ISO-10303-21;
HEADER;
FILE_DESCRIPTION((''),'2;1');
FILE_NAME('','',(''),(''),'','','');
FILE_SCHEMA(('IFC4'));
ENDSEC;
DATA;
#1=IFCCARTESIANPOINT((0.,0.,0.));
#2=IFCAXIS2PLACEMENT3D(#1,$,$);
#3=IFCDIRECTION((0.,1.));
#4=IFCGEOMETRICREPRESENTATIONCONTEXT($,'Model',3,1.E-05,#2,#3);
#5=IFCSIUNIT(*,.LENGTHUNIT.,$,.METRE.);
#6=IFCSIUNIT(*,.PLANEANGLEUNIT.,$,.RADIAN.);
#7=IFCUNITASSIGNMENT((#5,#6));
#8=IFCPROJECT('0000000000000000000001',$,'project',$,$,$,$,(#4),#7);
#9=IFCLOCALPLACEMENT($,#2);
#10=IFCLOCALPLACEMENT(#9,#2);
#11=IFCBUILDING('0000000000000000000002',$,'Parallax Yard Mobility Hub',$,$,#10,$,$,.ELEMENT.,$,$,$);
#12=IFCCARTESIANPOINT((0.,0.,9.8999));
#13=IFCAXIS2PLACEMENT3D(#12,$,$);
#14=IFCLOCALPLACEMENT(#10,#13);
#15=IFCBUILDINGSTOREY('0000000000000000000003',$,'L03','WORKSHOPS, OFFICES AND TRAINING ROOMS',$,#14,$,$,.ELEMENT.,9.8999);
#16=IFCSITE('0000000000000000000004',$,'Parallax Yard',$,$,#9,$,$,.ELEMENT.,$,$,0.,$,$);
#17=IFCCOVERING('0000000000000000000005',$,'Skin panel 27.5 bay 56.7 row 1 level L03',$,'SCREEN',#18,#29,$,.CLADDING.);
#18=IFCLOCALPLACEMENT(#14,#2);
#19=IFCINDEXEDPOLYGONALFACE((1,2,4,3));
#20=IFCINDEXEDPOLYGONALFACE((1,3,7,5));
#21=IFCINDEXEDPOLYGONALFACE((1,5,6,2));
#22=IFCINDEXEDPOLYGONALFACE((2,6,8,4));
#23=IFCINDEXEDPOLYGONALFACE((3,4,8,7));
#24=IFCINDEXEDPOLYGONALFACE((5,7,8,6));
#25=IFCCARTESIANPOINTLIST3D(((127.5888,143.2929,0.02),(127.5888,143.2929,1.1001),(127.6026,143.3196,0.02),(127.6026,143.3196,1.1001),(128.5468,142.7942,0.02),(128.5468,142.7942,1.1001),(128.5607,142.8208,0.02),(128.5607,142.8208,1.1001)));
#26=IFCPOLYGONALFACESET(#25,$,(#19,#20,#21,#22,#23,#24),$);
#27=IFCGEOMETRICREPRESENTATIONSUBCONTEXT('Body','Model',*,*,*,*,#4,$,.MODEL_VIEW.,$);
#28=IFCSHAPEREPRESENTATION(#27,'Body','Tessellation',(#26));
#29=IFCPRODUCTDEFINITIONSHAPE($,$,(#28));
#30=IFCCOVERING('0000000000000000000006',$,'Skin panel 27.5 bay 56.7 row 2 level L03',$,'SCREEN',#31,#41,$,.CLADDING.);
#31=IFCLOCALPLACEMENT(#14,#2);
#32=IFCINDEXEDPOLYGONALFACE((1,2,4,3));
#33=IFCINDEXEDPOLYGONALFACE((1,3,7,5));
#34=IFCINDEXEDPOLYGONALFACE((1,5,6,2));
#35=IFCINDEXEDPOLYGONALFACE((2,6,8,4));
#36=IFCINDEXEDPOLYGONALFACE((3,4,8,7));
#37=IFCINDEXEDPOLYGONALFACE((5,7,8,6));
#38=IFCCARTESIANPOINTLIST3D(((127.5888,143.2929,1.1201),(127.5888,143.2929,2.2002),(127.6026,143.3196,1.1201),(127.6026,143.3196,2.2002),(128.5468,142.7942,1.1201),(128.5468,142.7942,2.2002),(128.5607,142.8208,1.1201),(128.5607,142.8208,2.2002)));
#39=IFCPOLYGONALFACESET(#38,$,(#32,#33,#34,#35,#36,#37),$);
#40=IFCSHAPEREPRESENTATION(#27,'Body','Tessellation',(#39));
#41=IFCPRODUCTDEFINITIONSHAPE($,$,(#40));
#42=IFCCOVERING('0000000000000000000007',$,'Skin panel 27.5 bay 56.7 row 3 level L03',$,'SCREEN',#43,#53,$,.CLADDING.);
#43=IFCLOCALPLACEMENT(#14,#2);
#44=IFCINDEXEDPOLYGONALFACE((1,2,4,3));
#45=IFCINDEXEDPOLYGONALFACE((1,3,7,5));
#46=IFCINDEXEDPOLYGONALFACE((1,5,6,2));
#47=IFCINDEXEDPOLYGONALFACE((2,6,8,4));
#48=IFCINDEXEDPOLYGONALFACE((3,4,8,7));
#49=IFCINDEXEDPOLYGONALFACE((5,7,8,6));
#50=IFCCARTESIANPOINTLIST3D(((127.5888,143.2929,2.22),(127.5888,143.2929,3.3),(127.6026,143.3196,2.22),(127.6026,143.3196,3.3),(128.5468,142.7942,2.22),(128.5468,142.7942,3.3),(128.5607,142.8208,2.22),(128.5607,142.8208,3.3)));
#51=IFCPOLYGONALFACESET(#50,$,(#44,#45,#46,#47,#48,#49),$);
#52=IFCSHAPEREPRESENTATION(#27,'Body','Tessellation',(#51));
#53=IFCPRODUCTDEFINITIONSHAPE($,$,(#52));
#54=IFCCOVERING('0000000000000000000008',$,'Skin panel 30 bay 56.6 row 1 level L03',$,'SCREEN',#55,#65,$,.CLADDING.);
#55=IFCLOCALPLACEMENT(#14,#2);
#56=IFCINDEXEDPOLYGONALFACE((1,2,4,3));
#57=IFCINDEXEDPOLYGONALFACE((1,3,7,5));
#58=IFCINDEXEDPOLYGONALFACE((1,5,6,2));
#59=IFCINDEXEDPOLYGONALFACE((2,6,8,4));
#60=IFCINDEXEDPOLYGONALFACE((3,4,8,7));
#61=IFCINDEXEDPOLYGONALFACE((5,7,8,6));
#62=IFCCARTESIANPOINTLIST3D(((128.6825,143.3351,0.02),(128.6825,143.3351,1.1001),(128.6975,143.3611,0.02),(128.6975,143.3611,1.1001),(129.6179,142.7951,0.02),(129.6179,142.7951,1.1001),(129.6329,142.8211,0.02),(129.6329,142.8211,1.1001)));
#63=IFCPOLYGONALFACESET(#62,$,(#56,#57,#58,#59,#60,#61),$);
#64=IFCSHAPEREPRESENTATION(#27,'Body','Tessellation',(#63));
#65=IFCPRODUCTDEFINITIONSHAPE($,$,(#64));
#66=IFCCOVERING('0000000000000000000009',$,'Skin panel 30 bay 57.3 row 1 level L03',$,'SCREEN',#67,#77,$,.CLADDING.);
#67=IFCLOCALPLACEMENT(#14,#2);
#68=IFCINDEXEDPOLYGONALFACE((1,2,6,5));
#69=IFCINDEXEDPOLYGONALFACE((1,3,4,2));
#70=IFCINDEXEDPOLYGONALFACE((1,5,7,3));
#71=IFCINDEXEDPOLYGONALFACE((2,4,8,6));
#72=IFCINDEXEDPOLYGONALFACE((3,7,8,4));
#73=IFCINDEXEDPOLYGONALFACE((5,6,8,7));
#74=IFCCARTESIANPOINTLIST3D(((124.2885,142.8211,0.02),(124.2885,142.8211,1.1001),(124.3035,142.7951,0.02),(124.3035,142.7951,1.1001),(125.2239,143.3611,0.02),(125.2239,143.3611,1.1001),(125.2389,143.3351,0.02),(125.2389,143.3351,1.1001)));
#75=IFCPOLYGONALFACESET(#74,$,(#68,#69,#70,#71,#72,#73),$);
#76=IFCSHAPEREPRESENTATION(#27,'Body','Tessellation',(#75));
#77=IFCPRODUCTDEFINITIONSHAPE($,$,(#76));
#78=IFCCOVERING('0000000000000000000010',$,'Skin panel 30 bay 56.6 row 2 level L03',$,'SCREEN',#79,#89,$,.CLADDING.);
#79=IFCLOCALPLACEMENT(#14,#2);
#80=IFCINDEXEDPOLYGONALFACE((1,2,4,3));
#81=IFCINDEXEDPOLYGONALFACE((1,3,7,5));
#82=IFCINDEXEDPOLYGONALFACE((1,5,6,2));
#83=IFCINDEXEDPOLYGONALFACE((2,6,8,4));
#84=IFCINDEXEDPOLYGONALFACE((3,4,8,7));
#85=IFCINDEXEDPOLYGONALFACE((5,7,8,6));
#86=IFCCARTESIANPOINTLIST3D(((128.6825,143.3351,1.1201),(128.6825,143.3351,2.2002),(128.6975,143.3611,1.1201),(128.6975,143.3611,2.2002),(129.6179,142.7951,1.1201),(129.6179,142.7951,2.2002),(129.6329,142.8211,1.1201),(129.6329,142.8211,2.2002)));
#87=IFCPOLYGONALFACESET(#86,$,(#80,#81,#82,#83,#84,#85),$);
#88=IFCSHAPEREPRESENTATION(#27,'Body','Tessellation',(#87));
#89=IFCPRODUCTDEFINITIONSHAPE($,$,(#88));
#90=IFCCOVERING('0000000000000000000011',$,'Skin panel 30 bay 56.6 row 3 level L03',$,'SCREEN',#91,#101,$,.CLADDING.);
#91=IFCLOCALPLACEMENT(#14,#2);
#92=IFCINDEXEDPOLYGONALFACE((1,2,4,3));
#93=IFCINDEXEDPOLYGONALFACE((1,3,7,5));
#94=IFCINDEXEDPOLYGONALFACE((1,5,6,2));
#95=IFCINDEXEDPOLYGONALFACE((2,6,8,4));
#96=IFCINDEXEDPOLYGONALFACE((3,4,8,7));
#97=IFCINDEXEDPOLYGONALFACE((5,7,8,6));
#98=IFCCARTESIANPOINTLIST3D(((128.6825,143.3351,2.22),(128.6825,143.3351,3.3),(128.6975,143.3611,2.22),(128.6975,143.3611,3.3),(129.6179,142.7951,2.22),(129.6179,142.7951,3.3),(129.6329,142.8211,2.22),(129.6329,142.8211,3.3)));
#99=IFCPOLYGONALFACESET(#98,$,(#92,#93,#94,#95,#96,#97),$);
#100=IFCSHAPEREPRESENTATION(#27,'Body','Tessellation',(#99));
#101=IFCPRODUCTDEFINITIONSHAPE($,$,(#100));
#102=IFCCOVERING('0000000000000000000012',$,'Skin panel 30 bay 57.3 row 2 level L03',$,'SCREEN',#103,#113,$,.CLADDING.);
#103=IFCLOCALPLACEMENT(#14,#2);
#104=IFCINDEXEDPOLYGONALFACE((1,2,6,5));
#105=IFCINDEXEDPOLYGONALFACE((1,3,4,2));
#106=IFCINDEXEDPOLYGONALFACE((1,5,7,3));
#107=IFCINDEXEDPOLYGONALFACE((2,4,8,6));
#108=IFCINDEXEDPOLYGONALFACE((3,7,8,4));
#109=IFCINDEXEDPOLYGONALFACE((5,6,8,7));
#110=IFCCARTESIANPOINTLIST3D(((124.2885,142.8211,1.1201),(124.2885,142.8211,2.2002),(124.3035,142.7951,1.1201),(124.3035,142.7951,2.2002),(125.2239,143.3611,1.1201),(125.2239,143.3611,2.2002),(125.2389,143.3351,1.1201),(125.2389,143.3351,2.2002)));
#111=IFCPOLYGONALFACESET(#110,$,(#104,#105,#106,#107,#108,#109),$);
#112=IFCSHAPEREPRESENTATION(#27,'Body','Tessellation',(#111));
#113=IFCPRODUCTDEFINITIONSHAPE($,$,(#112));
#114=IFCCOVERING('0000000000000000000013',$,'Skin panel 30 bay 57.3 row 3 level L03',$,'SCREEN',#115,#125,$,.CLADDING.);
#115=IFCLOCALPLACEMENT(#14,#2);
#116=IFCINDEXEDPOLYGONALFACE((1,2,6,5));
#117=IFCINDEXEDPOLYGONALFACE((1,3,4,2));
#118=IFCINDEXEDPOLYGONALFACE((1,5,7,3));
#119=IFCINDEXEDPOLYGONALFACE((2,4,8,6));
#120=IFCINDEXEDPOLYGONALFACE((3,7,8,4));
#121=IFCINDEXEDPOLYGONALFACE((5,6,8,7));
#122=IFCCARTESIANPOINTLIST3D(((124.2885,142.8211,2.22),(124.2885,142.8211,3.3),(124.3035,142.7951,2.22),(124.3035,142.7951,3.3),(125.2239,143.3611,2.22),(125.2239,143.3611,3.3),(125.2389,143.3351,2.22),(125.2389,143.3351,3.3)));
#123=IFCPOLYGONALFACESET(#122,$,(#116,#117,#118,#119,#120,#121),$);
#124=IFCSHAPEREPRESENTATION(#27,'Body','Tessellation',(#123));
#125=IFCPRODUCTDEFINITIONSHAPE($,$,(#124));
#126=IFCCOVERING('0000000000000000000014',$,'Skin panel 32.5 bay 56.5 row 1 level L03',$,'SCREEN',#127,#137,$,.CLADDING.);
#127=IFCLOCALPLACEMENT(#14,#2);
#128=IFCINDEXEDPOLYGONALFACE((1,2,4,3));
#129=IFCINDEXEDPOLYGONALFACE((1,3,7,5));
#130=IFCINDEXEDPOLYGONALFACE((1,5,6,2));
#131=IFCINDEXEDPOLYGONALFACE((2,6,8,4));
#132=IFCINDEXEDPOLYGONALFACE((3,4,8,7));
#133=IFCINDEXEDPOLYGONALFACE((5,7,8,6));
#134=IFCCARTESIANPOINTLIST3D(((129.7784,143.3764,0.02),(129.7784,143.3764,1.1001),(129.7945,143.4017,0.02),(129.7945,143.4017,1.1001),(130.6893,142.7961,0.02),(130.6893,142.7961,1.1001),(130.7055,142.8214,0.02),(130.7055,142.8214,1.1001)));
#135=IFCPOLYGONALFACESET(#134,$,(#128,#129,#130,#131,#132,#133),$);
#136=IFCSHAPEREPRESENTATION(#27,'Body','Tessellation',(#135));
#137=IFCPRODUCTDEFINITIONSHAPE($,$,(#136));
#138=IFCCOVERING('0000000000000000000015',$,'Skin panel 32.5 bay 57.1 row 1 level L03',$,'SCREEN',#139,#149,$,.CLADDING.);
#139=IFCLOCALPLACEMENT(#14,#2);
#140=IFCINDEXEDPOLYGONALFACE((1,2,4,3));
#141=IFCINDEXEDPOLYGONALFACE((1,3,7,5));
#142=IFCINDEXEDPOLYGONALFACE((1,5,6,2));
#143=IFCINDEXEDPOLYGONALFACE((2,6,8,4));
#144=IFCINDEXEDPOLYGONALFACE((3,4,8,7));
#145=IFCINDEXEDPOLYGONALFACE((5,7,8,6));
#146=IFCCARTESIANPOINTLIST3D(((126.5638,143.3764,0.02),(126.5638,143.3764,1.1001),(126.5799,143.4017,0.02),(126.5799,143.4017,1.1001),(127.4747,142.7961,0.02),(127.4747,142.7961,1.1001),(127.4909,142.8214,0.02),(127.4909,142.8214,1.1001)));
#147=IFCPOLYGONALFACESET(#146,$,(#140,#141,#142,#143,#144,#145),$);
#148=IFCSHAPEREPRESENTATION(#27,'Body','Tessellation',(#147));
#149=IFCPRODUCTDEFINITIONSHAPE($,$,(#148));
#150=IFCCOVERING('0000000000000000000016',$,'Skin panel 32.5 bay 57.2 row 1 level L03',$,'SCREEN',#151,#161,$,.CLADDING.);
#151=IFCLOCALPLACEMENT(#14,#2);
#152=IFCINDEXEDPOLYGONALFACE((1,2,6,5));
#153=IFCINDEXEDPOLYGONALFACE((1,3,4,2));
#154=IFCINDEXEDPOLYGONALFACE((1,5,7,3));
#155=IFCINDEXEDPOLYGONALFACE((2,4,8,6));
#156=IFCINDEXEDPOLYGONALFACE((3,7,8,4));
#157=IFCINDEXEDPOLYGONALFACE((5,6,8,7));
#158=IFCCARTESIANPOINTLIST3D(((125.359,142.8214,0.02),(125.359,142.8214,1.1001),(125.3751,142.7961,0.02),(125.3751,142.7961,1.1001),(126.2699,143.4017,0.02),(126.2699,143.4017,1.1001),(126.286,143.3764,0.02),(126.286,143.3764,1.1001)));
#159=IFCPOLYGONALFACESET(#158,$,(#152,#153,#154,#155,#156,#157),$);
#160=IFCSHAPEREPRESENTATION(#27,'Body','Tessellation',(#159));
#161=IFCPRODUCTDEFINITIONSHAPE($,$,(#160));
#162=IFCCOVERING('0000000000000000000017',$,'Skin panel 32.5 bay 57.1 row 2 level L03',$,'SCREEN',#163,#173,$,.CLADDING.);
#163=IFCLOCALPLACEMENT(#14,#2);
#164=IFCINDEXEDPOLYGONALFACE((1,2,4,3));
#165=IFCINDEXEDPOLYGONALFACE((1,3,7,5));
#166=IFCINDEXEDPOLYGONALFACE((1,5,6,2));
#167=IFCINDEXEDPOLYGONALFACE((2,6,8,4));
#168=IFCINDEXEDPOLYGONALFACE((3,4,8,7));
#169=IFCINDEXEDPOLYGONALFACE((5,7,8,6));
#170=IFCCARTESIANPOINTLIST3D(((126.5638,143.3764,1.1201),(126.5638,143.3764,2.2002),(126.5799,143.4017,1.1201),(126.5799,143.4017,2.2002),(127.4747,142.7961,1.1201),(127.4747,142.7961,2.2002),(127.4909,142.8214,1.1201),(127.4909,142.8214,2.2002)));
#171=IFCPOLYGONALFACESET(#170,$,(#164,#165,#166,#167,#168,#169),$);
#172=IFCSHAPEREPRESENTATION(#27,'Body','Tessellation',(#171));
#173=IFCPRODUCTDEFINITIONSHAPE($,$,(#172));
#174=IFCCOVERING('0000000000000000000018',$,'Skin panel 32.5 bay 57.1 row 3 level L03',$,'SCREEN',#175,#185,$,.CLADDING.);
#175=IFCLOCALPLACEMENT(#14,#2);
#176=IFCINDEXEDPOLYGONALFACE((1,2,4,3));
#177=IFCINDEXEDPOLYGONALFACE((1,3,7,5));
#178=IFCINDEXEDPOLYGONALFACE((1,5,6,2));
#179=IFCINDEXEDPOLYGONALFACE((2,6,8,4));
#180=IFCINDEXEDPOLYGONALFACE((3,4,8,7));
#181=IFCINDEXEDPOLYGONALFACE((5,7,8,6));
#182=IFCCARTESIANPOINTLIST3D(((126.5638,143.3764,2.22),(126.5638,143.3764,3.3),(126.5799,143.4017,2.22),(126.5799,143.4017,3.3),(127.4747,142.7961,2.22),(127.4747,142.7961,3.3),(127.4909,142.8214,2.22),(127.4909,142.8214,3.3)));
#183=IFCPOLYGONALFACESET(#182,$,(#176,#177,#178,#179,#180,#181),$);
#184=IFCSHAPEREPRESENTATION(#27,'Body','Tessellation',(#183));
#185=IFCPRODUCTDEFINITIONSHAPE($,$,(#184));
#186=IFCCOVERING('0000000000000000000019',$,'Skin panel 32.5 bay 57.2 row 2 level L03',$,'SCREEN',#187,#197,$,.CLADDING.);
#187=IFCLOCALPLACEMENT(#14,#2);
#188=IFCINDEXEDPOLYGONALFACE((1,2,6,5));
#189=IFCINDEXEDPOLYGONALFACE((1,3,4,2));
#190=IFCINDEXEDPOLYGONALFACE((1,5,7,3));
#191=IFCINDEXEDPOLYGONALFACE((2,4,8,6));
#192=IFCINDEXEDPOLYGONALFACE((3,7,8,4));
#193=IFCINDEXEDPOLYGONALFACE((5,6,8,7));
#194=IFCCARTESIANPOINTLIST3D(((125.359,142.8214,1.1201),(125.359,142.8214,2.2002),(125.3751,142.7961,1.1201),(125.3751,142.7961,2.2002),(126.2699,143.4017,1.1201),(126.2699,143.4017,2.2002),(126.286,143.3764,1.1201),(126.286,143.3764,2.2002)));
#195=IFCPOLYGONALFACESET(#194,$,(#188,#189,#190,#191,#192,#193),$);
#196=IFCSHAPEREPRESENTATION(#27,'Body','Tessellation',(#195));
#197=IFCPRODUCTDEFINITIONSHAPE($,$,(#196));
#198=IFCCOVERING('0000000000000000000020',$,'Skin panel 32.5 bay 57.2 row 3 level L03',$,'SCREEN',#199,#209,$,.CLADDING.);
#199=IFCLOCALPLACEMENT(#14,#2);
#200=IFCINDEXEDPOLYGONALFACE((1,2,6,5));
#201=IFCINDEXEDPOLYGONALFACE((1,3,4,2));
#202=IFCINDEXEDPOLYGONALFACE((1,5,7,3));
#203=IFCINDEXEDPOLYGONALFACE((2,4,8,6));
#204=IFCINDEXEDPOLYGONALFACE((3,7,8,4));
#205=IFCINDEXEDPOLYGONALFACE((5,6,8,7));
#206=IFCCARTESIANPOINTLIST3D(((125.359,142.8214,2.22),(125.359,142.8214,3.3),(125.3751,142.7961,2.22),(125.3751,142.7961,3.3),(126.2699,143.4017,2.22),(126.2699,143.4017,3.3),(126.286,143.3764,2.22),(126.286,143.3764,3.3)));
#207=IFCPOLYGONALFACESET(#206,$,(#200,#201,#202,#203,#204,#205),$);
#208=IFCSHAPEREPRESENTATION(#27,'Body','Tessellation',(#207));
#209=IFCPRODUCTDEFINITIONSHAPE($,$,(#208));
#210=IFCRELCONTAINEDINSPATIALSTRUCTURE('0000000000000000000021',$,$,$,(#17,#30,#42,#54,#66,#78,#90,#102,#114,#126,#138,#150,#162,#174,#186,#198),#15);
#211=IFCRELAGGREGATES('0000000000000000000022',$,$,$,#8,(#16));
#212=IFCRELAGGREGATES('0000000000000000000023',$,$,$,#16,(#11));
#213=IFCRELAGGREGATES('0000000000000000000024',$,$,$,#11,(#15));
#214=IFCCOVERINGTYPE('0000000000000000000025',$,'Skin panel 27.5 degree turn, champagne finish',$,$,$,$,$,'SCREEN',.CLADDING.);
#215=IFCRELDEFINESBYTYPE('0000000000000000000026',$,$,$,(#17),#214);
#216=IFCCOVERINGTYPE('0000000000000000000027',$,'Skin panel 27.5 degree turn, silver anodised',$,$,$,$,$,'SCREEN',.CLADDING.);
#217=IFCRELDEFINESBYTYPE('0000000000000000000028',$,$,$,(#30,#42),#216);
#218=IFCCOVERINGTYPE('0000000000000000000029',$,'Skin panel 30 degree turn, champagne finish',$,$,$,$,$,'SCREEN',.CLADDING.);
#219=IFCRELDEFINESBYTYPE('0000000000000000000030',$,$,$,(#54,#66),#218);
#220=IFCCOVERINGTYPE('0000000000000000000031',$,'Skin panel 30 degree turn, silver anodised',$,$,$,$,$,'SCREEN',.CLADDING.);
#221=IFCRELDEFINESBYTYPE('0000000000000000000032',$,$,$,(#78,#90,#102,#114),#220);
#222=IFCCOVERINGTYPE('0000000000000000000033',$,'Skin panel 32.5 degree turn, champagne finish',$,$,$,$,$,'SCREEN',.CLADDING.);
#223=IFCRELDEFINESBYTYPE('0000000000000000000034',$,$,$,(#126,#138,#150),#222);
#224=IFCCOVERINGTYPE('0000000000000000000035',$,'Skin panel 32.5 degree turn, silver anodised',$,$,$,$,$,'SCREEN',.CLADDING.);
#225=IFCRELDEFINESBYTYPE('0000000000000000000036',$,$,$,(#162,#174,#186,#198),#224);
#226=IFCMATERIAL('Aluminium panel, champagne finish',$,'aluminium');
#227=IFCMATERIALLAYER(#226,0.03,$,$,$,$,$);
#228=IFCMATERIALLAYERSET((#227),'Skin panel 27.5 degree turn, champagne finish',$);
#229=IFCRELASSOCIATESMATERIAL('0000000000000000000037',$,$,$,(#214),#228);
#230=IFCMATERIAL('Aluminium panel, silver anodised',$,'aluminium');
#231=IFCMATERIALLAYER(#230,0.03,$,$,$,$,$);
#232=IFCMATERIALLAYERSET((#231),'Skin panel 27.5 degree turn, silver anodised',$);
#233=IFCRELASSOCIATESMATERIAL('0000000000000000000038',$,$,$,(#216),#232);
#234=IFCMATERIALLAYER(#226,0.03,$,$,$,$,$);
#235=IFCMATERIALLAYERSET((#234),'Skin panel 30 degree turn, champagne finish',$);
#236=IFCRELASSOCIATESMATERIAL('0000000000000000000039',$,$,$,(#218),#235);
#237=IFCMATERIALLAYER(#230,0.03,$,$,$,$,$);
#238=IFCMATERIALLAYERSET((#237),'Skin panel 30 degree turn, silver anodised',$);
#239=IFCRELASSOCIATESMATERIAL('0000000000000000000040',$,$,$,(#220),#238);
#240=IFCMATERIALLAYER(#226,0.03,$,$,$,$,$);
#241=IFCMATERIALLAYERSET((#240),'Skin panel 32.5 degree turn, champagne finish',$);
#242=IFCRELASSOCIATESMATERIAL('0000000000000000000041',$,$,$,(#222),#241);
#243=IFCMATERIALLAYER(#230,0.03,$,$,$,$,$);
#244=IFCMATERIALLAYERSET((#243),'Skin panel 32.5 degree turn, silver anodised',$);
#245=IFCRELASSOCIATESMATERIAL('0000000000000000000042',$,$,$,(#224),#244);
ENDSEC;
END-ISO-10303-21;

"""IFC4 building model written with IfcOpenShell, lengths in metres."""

from ifc_helpers import new_model, si_unit, direction, frame, origin, origin_2d, place, context, subcontext, project, spatial, rectangle, extrude, material, layer, layer_set, type_object, element, save


model = new_model("IFC4")

# Units and contexts
model_context = context("Model", 3, precision=1e-05, world=origin(), true_north=direction((0.0, 1.0)))
body_context = subcontext(model_context, "Body", "Model", "MODEL_VIEW")
ifc_project = project(units=[si_unit("LENGTHUNIT", "METRE"), si_unit("PLANEANGLEUNIT", "RADIAN")], contexts=[model_context])

# Site, building, storey
site_placement = place(None, origin())
site = spatial("IfcSite", under=ifc_project, at=site_placement, Name="Parallax Yard", CompositionType="ELEMENT", RefElevation=0.0)
building_placement = place(site_placement, origin())
building = spatial("IfcBuilding", under=site, at=building_placement, Name="Parallax Yard Mobility Hub", CompositionType="ELEMENT")
storey_placement = place(building_placement, frame((0.0, 0.0, 9.8999)))
storey = spatial("IfcBuildingStorey", under=building, at=storey_placement, Name="L03", Description="WORKSHOPS, OFFICES AND TRAINING ROOMS", CompositionType="ELEMENT", Elevation=9.8999)

# Coverings
ifc_material_1 = material(Name="Aluminium panel, champagne finish", Category="aluminium")
ifc_layer_1 = layer(ifc_material_1, 0.03)
ifc_layer_set_1 = layer_set([ifc_layer_1], Name="Skin panel 27.5 degree turn, champagne finish")
covering_type_1 = type_object("IfcCoveringType", Name="Skin panel 27.5 degree turn, champagne finish", ElementType="SCREEN", PredefinedType="CLADDING", material=ifc_layer_set_1)
covering_1_placement = place(storey_placement, frame((128.0747, 143.0569, 0.02), z_axis=(0.0, 0.0, 1.0), x_axis=(-0.887011, 0.461749, 0.0)))
element("IfcCovering", 1, at=covering_1_placement, inside=storey, type_object=covering_type_1, Name="Skin panel 27.5 bay 56.7 row 1 level L03", ObjectType="SCREEN", PredefinedType="CLADDING", context=body_context, shape_type="SweptSolid", body=[
    extrude(rectangle(XDim=1.0801, YDim=0.03, at=origin_2d()), origin(), (0.0, 0.0, 1.0), 1.0801),
])
ifc_material_2 = material(Name="Aluminium panel, silver anodised", Category="aluminium")
ifc_layer_2 = layer(ifc_material_2, 0.03)
ifc_layer_set_2 = layer_set([ifc_layer_2], Name="Skin panel 27.5 degree turn, silver anodised")
covering_type_2 = type_object("IfcCoveringType", Name="Skin panel 27.5 degree turn, silver anodised", ElementType="SCREEN", PredefinedType="CLADDING", material=ifc_layer_set_2)
for number, where, z_axis, x_axis, name in (
    (2, (128.0747, 143.0569, 1.1201), (0.0, 0.0, 1.0), (-0.887011, 0.461749, 0.0), "Skin panel 27.5 bay 56.7 row 2 level L03"),
    (3, (128.0747, 143.0569, 2.22), (0.0, 0.0, 1.0), (-0.887011, 0.461749, 0.0), "Skin panel 27.5 bay 56.7 row 3 level L03"),
):
    element("IfcCovering", number, at=place(storey_placement, frame(where, z_axis=z_axis, x_axis=x_axis)), inside=storey, type_object=covering_type_2, Name=name, ObjectType="SCREEN", PredefinedType="CLADDING", context=body_context, shape_type="SweptSolid", body=[
        extrude(rectangle(XDim=1.0801, YDim=0.03, at=origin_2d()), origin(), (0.0, 0.0, 1.0), 1.0801),
    ])
ifc_layer_3 = layer(ifc_material_1, 0.03)
ifc_layer_set_3 = layer_set([ifc_layer_3], Name="Skin panel 30 degree turn, champagne finish")
covering_type_3 = type_object("IfcCoveringType", Name="Skin panel 30 degree turn, champagne finish", ElementType="SCREEN", PredefinedType="CLADDING", material=ifc_layer_set_3)
for number, where, z_axis, x_axis, name in (
    (4, (129.1577, 143.0781, 0.02), (0.0, 0.0, 1.0), (-0.866025, 0.5, 0.0), "Skin panel 30 bay 56.6 row 1 level L03"),
    (5, (124.7637, 143.0781, 0.02), (0.0, 0.0, 1.0), (0.866025, 0.5, 0.0), "Skin panel 30 bay 57.3 row 1 level L03"),
):
    element("IfcCovering", number, at=place(storey_placement, frame(where, z_axis=z_axis, x_axis=x_axis)), inside=storey, type_object=covering_type_3, Name=name, ObjectType="SCREEN", PredefinedType="CLADDING", context=body_context, shape_type="SweptSolid", body=[
        extrude(rectangle(XDim=1.0801, YDim=0.03, at=origin_2d()), origin(), (0.0, 0.0, 1.0), 1.0801),
    ])
ifc_layer_4 = layer(ifc_material_2, 0.03)
ifc_layer_set_4 = layer_set([ifc_layer_4], Name="Skin panel 30 degree turn, silver anodised")
covering_type_4 = type_object("IfcCoveringType", Name="Skin panel 30 degree turn, silver anodised", ElementType="SCREEN", PredefinedType="CLADDING", material=ifc_layer_set_4)
for number, where, z_axis, x_axis, name in (
    (6, (129.1577, 143.0781, 1.1201), (0.0, 0.0, 1.0), (-0.866025, 0.5, 0.0), "Skin panel 30 bay 56.6 row 2 level L03"),
    (7, (129.1577, 143.0781, 2.22), (0.0, 0.0, 1.0), (-0.866025, 0.5, 0.0), "Skin panel 30 bay 56.6 row 3 level L03"),
    (8, (124.7637, 143.0781, 1.1201), (0.0, 0.0, 1.0), (0.866025, 0.5, 0.0), "Skin panel 30 bay 57.3 row 2 level L03"),
    (9, (124.7637, 143.0781, 2.22), (0.0, 0.0, 1.0), (0.866025, 0.5, 0.0), "Skin panel 30 bay 57.3 row 3 level L03"),
):
    element("IfcCovering", number, at=place(storey_placement, frame(where, z_axis=z_axis, x_axis=x_axis)), inside=storey, type_object=covering_type_4, Name=name, ObjectType="SCREEN", PredefinedType="CLADDING", context=body_context, shape_type="SweptSolid", body=[
        extrude(rectangle(XDim=1.0801, YDim=0.03, at=origin_2d()), origin(), (0.0, 0.0, 1.0), 1.0801),
    ])
ifc_layer_5 = layer(ifc_material_1, 0.03)
ifc_layer_set_5 = layer_set([ifc_layer_5], Name="Skin panel 32.5 degree turn, champagne finish")
covering_type_5 = type_object("IfcCoveringType", Name="Skin panel 32.5 degree turn, champagne finish", ElementType="SCREEN", PredefinedType="CLADDING", material=ifc_layer_set_5)
for number, where, z_axis, x_axis, name in (
    (10, (130.2419, 143.0989, 0.02), (0.0, 0.0, 1.0), (-0.843391, 0.5373, 0.0), "Skin panel 32.5 bay 56.5 row 1 level L03"),
    (11, (127.0273, 143.0989, 0.02), (0.0, 0.0, 1.0), (-0.843391, 0.5373, 0.0), "Skin panel 32.5 bay 57.1 row 1 level L03"),
    (12, (125.8225, 143.0989, 0.02), (0.0, 0.0, 1.0), (0.843391, 0.5373, 0.0), "Skin panel 32.5 bay 57.2 row 1 level L03"),
):
    element("IfcCovering", number, at=place(storey_placement, frame(where, z_axis=z_axis, x_axis=x_axis)), inside=storey, type_object=covering_type_5, Name=name, ObjectType="SCREEN", PredefinedType="CLADDING", context=body_context, shape_type="SweptSolid", body=[
        extrude(rectangle(XDim=1.0801, YDim=0.03, at=origin_2d()), origin(), (0.0, 0.0, 1.0), 1.0801),
    ])
ifc_layer_6 = layer(ifc_material_2, 0.03)
ifc_layer_set_6 = layer_set([ifc_layer_6], Name="Skin panel 32.5 degree turn, silver anodised")
covering_type_6 = type_object("IfcCoveringType", Name="Skin panel 32.5 degree turn, silver anodised", ElementType="SCREEN", PredefinedType="CLADDING", material=ifc_layer_set_6)
for number, where, z_axis, x_axis, name in (
    (13, (127.0273, 143.0989, 1.1201), (0.0, 0.0, 1.0), (-0.843391, 0.5373, 0.0), "Skin panel 32.5 bay 57.1 row 2 level L03"),
    (14, (127.0273, 143.0989, 2.22), (0.0, 0.0, 1.0), (-0.843391, 0.5373, 0.0), "Skin panel 32.5 bay 57.1 row 3 level L03"),
    (15, (125.8225, 143.0989, 1.1201), (0.0, 0.0, 1.0), (0.843391, 0.5373, 0.0), "Skin panel 32.5 bay 57.2 row 2 level L03"),
    (16, (125.8225, 143.0989, 2.22), (0.0, 0.0, 1.0), (0.843391, 0.5373, 0.0), "Skin panel 32.5 bay 57.2 row 3 level L03"),
):
    element("IfcCovering", number, at=place(storey_placement, frame(where, z_axis=z_axis, x_axis=x_axis)), inside=storey, type_object=covering_type_6, Name=name, ObjectType="SCREEN", PredefinedType="CLADDING", context=body_context, shape_type="SweptSolid", body=[
        extrude(rectangle(XDim=1.0801, YDim=0.03, at=origin_2d()), origin(), (0.0, 0.0, 1.0), 1.0801),
    ])

save(model, "model.ifc")
